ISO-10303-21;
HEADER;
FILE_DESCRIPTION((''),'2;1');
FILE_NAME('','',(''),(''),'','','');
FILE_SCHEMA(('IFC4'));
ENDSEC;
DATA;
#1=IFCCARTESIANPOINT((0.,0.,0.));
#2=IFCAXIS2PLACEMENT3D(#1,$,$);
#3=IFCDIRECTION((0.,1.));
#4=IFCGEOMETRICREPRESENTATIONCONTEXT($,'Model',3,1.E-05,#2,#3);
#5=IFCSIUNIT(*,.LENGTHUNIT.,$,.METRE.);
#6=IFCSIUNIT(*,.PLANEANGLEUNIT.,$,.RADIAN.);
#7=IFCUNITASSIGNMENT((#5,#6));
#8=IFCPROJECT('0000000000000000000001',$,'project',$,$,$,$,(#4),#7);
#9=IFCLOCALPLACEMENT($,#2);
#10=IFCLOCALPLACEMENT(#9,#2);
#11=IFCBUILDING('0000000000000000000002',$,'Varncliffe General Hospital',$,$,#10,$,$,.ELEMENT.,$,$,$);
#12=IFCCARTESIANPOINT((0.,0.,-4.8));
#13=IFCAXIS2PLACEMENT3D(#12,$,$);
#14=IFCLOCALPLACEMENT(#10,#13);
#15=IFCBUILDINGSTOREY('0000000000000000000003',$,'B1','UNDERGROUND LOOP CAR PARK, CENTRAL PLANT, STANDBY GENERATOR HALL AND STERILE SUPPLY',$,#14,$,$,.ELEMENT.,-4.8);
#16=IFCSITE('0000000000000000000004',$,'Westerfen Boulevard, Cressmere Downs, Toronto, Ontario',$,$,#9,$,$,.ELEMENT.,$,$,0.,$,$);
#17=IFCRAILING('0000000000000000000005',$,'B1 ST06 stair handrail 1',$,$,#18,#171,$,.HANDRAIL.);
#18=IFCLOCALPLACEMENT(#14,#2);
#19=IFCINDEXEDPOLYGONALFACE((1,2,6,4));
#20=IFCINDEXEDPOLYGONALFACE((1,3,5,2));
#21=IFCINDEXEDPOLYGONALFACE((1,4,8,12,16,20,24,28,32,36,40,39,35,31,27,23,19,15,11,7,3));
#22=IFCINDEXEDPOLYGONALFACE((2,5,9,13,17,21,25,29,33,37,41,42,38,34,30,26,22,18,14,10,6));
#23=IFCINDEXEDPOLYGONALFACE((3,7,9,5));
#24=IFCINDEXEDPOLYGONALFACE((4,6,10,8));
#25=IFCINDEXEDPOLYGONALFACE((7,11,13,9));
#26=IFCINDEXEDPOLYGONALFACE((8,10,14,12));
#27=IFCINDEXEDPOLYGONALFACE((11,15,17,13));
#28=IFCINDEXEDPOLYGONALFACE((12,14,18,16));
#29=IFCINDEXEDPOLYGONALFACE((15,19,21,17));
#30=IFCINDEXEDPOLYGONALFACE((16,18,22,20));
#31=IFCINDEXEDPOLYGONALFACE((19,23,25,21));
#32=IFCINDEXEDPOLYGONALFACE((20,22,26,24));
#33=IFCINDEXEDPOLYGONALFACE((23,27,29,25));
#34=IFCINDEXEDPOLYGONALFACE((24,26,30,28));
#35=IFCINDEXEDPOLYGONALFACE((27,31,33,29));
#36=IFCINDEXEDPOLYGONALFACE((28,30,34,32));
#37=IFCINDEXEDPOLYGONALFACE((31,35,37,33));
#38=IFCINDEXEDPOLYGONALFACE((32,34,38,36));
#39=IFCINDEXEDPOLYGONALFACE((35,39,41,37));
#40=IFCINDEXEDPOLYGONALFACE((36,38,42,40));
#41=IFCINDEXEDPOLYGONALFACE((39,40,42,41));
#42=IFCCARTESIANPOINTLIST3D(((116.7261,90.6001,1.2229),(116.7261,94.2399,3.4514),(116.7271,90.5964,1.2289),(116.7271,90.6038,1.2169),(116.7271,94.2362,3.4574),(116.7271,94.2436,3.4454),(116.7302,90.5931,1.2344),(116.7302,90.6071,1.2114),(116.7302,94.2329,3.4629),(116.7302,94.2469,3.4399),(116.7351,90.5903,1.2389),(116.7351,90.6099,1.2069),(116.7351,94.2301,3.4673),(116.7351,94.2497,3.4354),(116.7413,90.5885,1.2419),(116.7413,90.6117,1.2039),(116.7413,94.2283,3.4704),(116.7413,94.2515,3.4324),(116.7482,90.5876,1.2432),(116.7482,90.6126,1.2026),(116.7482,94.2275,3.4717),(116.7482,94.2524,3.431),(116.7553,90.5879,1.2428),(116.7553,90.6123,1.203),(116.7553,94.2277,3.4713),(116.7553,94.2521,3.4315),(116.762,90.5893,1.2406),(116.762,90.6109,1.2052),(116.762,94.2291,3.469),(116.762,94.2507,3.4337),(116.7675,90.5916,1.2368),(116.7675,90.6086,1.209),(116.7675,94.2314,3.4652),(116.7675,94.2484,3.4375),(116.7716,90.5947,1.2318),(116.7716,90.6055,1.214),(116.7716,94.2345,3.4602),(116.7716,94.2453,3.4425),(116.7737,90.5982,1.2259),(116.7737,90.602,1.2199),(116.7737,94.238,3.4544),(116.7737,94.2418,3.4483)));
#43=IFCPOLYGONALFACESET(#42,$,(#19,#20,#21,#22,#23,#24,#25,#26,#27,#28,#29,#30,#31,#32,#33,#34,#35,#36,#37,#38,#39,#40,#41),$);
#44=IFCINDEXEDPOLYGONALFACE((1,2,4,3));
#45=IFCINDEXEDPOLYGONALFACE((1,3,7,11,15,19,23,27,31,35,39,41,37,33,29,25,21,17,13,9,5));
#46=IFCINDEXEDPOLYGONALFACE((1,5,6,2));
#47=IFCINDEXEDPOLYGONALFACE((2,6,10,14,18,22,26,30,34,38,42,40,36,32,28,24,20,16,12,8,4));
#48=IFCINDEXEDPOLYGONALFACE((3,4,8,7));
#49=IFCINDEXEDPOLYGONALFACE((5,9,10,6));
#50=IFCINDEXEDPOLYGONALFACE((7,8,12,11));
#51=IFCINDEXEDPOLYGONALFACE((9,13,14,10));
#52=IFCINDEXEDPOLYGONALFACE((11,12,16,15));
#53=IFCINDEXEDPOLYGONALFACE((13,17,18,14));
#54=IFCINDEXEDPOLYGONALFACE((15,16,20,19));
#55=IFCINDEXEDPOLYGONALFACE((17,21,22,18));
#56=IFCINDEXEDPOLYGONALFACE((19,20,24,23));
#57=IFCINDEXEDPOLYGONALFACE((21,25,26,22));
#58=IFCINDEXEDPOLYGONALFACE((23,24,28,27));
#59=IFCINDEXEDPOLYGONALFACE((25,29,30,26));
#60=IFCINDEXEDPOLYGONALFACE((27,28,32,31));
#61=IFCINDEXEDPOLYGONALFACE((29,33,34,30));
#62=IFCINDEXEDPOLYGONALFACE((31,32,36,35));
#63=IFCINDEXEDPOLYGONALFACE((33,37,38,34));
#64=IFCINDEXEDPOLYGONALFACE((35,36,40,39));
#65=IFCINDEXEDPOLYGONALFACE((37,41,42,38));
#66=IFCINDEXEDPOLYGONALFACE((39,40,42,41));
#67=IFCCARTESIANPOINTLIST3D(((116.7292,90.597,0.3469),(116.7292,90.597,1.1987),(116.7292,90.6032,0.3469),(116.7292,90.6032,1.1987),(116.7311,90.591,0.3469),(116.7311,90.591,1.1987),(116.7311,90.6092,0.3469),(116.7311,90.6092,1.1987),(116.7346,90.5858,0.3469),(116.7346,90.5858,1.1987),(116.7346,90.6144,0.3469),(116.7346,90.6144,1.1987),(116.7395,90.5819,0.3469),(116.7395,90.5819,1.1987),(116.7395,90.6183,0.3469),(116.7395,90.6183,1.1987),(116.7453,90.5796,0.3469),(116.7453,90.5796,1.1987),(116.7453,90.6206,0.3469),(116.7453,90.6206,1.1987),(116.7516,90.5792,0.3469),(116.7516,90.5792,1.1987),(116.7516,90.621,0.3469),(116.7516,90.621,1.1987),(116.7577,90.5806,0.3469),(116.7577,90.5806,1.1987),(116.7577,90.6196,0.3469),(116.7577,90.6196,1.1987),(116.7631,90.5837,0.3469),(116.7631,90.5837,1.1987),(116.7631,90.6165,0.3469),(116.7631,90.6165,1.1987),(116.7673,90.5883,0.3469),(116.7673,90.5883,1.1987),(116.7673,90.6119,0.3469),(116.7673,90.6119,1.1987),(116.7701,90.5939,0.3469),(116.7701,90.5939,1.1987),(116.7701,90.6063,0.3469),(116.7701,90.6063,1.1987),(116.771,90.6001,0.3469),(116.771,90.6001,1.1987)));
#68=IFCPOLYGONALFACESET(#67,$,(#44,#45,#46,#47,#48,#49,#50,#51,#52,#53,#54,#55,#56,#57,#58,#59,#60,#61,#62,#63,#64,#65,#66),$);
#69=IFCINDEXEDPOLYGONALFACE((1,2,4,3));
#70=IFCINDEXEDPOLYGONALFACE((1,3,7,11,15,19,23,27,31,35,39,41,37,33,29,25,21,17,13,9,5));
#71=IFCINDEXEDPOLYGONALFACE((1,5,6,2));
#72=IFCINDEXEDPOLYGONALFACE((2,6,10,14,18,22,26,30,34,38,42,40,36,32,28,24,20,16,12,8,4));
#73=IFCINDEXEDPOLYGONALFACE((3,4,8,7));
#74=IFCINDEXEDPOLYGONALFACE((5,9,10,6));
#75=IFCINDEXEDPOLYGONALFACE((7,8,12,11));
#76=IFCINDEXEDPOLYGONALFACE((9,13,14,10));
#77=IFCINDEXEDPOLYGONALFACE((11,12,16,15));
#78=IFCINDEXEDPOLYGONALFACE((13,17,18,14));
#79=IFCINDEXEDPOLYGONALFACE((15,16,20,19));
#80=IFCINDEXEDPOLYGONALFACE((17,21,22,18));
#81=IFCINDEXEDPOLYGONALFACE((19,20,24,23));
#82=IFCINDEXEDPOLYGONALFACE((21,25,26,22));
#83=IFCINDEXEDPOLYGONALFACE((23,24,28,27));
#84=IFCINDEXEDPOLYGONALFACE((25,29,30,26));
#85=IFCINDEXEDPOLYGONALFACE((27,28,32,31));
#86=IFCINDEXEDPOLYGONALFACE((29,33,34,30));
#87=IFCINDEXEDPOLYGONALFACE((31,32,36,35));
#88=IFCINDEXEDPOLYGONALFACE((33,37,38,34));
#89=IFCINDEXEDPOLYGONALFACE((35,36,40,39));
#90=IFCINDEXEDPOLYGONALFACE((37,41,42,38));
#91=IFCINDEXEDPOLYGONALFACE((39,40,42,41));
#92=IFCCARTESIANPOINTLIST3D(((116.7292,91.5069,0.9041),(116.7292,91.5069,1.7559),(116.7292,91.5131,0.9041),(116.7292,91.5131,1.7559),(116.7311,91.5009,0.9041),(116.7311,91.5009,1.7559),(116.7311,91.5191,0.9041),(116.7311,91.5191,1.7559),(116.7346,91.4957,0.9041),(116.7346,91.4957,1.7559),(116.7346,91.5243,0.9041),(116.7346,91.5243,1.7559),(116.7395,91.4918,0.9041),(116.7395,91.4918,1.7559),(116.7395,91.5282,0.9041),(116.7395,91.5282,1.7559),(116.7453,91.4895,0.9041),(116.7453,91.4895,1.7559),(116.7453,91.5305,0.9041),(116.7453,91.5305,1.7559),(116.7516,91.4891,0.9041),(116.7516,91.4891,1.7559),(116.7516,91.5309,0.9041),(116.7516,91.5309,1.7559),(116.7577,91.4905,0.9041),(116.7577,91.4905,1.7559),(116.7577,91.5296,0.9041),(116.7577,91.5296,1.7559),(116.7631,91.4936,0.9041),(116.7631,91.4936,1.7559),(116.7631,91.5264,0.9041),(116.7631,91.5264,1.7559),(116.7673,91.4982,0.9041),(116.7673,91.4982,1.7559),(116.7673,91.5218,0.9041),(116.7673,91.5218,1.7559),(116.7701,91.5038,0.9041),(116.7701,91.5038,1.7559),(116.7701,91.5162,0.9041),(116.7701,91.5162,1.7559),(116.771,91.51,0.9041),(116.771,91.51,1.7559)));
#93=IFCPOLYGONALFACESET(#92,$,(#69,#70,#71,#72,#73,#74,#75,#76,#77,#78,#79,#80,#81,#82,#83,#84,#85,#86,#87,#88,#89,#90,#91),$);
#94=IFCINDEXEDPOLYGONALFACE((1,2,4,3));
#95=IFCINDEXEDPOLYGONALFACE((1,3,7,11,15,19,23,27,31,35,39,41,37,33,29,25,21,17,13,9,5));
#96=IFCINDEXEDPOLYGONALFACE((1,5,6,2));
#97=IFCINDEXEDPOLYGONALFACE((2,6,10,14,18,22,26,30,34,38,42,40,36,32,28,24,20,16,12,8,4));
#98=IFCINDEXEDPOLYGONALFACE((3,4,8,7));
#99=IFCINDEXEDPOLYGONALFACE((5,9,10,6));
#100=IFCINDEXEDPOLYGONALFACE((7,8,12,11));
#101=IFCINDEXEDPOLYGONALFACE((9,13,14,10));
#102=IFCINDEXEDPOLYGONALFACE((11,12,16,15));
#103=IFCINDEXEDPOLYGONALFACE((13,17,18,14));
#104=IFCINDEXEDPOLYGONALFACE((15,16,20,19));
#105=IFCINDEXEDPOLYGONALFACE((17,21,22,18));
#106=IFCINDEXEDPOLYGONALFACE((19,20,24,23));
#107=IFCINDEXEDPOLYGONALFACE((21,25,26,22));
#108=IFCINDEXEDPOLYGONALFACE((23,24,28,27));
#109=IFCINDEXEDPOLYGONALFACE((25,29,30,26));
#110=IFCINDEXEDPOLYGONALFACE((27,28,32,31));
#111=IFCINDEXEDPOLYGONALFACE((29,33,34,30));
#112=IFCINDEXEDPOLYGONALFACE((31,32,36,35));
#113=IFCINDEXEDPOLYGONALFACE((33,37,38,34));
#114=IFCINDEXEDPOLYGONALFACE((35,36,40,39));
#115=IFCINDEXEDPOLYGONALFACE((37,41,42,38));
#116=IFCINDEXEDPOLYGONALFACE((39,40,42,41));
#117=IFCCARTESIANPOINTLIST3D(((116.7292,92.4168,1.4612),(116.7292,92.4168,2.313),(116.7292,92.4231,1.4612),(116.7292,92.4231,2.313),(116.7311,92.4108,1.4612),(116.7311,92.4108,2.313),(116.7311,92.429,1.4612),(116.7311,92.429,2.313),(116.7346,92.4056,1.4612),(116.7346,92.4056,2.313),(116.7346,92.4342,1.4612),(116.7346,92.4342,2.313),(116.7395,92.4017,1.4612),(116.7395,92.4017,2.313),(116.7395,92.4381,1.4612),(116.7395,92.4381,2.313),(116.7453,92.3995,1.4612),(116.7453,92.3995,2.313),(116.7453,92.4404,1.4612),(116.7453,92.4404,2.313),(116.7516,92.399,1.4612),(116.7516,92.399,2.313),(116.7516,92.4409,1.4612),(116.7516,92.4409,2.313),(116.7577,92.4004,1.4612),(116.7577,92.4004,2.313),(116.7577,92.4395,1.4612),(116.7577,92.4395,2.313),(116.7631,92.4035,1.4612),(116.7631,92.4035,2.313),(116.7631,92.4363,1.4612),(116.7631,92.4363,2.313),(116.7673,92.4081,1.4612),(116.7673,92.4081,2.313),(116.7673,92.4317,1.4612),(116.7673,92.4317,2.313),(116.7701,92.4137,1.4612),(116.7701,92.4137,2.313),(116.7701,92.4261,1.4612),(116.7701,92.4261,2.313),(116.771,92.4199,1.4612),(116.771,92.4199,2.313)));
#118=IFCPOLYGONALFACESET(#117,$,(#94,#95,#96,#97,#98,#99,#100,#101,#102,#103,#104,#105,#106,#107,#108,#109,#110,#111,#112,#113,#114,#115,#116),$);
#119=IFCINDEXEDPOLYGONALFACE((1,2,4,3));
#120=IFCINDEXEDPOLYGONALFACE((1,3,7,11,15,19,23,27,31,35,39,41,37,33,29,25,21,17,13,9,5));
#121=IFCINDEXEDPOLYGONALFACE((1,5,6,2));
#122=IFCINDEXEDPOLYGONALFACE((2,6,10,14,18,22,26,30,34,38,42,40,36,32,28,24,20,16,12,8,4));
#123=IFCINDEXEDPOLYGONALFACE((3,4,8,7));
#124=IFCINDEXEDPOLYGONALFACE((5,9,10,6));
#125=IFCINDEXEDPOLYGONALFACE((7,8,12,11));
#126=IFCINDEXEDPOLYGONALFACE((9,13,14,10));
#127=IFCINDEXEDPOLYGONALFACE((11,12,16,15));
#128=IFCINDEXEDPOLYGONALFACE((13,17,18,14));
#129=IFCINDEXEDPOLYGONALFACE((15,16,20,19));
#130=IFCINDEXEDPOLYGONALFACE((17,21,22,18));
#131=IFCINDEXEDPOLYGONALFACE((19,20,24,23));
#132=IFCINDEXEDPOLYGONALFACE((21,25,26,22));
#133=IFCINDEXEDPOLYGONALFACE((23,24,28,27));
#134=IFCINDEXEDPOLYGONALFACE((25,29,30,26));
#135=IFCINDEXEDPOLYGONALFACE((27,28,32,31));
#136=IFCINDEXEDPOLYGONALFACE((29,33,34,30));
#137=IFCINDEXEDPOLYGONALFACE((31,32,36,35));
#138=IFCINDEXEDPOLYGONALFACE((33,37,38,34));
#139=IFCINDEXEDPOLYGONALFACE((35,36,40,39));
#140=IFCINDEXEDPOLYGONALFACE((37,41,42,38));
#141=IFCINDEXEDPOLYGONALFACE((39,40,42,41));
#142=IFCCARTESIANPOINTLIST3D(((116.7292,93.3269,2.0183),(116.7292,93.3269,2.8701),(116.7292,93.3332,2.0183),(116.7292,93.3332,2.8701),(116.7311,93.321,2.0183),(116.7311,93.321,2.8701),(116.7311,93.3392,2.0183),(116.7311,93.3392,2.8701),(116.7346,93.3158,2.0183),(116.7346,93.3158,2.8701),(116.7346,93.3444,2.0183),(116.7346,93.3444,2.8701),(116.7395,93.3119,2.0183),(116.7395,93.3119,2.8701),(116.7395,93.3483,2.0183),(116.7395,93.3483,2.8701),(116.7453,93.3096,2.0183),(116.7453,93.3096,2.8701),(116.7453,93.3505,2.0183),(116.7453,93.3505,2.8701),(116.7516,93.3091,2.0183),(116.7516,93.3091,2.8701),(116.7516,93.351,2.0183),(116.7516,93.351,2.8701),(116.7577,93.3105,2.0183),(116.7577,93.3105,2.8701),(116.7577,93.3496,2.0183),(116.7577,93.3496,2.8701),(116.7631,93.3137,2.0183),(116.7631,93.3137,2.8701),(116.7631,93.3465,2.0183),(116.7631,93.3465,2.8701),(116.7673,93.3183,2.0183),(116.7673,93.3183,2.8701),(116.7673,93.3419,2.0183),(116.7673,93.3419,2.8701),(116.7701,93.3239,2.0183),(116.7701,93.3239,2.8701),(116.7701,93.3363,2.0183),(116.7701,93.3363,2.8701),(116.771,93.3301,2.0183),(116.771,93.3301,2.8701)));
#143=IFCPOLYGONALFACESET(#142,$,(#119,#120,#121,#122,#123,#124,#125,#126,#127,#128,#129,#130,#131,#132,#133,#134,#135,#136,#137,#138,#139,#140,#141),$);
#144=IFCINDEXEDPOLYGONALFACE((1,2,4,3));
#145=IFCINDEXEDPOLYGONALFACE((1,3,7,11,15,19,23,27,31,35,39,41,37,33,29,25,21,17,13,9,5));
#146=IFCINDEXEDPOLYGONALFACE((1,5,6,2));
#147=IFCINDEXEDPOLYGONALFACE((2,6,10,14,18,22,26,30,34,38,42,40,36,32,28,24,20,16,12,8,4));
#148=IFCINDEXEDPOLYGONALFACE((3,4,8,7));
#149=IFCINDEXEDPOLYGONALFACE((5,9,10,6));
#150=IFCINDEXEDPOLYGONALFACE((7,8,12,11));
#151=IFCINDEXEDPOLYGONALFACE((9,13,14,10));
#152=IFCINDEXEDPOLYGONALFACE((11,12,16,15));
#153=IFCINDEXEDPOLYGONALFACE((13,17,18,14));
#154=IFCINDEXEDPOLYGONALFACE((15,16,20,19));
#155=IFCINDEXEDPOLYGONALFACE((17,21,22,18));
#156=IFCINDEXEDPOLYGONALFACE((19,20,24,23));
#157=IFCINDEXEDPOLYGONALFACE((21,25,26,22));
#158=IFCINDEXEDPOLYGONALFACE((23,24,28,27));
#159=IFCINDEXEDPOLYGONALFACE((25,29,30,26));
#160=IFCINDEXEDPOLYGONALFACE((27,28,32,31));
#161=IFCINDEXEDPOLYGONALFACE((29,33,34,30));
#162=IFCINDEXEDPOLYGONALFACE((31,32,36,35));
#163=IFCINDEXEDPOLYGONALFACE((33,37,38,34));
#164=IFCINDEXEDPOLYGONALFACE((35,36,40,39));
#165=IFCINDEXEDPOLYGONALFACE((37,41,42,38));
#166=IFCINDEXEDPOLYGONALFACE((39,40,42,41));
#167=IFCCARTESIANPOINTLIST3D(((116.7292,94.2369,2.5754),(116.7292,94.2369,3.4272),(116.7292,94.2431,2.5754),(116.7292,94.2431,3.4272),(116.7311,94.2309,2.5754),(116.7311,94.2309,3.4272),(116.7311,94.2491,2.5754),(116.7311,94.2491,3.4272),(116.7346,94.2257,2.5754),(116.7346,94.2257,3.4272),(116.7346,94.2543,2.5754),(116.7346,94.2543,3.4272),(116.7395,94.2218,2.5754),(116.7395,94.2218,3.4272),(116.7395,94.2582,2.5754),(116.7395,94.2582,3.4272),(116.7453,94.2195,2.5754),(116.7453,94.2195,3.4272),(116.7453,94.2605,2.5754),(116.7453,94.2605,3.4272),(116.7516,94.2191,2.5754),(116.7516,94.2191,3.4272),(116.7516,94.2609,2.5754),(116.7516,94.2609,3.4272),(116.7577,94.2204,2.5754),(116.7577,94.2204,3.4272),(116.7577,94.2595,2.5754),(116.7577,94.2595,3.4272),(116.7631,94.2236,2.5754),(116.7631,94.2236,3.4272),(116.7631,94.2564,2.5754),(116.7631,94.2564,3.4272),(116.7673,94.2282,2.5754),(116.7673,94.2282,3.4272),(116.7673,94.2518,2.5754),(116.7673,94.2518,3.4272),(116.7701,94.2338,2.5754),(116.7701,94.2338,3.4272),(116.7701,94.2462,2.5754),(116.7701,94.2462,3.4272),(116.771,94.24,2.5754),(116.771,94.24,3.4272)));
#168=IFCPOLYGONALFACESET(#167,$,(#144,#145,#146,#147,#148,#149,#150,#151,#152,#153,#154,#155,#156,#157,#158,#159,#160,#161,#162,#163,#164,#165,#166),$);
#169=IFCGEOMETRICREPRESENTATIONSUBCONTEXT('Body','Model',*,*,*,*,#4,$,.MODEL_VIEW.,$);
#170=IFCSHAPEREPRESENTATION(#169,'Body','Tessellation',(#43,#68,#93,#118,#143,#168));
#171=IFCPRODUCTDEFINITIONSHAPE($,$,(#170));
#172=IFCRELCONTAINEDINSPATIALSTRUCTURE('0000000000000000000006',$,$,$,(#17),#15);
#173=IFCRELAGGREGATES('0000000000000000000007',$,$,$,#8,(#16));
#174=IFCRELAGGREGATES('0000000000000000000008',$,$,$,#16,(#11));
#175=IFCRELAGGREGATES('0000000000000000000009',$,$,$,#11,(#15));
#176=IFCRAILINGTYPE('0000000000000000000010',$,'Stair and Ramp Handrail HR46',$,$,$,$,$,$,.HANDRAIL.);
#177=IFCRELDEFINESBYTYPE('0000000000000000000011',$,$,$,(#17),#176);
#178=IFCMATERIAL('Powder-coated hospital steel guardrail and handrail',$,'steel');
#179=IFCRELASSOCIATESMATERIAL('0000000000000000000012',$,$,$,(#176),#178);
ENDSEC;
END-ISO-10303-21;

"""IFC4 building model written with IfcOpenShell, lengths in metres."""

from ifc_helpers import new_model, si_unit, direction, frame, origin, origin_2d, place, context, subcontext, project, spatial, circle, extrude, material, type_object, element, save


model = new_model("IFC4")

# Units and contexts
model_context = context("Model", 3, precision=1e-05, world=origin(), true_north=direction((0.0, 1.0)))
body_context = subcontext(model_context, "Body", "Model", "MODEL_VIEW")
ifc_project = project(units=[si_unit("LENGTHUNIT", "METRE"), si_unit("PLANEANGLEUNIT", "RADIAN")], contexts=[model_context])

# Site, building, storey
site_placement = place(None, origin())
site = spatial("IfcSite", under=ifc_project, at=site_placement, Name="Westerfen Boulevard, Cressmere Downs, Toronto, Ontario", CompositionType="ELEMENT", RefElevation=0.0)
building_placement = place(site_placement, origin())
building = spatial("IfcBuilding", under=site, at=building_placement, Name="Varncliffe General Hospital", CompositionType="ELEMENT")
storey_placement = place(building_placement, frame((0.0, 0.0, -4.8)))
storey = spatial("IfcBuildingStorey", under=building, at=storey_placement, Name="B1", Description="UNDERGROUND LOOP CAR PARK, CENTRAL PLANT, STANDBY GENERATOR HALL AND STERILE SUPPLY", CompositionType="ELEMENT", Elevation=-4.8)

# Railing
ifc_material_1 = material(Name="Powder-coated hospital steel guardrail and handrail", Category="steel")
railing_type_1 = type_object("IfcRailingType", Name="Stair and Ramp Handrail HR46", PredefinedType="HANDRAIL", material=ifc_material_1)
railing_1_placement = place(storey_placement, frame((116.75, 90.6001, 0.3469)))
element("IfcRailing", 1, at=railing_1_placement, inside=storey, type_object=railing_type_1, Name="B1 ST06 stair handrail 1", PredefinedType="HANDRAIL", context=body_context, shape_type="SweptSolid", body=[
    extrude(circle(Radius=0.0239, at=origin_2d()), frame((0.0, 0.0, 0.876), z_axis=(0.0, 0.85285, 0.522156), x_axis=(-1.0, 0.0, 0.0)), (0.0, 0.0, 1.0), 4.2678),
    extrude(circle(Radius=0.021, at=origin_2d()), origin(), (0.0, 0.0, 1.0), 0.8518),
    extrude(circle(Radius=0.021, at=origin_2d()), frame((0.0, 0.9099, 0.5571)), (0.0, 0.0, 1.0), 0.8518),
    extrude(circle(Radius=0.021, at=origin_2d()), frame((0.0, 1.8198, 1.1143)), (0.0, 0.0, 1.0), 0.8518),
    extrude(circle(Radius=0.021, at=origin_2d()), frame((0.0, 2.73, 1.6714)), (0.0, 0.0, 1.0), 0.8518),
    extrude(circle(Radius=0.021, at=origin_2d()), frame((0.0, 3.6399, 2.2285)), (0.0, 0.0, 1.0), 0.8518),
])

save(model, "model.ifc")
